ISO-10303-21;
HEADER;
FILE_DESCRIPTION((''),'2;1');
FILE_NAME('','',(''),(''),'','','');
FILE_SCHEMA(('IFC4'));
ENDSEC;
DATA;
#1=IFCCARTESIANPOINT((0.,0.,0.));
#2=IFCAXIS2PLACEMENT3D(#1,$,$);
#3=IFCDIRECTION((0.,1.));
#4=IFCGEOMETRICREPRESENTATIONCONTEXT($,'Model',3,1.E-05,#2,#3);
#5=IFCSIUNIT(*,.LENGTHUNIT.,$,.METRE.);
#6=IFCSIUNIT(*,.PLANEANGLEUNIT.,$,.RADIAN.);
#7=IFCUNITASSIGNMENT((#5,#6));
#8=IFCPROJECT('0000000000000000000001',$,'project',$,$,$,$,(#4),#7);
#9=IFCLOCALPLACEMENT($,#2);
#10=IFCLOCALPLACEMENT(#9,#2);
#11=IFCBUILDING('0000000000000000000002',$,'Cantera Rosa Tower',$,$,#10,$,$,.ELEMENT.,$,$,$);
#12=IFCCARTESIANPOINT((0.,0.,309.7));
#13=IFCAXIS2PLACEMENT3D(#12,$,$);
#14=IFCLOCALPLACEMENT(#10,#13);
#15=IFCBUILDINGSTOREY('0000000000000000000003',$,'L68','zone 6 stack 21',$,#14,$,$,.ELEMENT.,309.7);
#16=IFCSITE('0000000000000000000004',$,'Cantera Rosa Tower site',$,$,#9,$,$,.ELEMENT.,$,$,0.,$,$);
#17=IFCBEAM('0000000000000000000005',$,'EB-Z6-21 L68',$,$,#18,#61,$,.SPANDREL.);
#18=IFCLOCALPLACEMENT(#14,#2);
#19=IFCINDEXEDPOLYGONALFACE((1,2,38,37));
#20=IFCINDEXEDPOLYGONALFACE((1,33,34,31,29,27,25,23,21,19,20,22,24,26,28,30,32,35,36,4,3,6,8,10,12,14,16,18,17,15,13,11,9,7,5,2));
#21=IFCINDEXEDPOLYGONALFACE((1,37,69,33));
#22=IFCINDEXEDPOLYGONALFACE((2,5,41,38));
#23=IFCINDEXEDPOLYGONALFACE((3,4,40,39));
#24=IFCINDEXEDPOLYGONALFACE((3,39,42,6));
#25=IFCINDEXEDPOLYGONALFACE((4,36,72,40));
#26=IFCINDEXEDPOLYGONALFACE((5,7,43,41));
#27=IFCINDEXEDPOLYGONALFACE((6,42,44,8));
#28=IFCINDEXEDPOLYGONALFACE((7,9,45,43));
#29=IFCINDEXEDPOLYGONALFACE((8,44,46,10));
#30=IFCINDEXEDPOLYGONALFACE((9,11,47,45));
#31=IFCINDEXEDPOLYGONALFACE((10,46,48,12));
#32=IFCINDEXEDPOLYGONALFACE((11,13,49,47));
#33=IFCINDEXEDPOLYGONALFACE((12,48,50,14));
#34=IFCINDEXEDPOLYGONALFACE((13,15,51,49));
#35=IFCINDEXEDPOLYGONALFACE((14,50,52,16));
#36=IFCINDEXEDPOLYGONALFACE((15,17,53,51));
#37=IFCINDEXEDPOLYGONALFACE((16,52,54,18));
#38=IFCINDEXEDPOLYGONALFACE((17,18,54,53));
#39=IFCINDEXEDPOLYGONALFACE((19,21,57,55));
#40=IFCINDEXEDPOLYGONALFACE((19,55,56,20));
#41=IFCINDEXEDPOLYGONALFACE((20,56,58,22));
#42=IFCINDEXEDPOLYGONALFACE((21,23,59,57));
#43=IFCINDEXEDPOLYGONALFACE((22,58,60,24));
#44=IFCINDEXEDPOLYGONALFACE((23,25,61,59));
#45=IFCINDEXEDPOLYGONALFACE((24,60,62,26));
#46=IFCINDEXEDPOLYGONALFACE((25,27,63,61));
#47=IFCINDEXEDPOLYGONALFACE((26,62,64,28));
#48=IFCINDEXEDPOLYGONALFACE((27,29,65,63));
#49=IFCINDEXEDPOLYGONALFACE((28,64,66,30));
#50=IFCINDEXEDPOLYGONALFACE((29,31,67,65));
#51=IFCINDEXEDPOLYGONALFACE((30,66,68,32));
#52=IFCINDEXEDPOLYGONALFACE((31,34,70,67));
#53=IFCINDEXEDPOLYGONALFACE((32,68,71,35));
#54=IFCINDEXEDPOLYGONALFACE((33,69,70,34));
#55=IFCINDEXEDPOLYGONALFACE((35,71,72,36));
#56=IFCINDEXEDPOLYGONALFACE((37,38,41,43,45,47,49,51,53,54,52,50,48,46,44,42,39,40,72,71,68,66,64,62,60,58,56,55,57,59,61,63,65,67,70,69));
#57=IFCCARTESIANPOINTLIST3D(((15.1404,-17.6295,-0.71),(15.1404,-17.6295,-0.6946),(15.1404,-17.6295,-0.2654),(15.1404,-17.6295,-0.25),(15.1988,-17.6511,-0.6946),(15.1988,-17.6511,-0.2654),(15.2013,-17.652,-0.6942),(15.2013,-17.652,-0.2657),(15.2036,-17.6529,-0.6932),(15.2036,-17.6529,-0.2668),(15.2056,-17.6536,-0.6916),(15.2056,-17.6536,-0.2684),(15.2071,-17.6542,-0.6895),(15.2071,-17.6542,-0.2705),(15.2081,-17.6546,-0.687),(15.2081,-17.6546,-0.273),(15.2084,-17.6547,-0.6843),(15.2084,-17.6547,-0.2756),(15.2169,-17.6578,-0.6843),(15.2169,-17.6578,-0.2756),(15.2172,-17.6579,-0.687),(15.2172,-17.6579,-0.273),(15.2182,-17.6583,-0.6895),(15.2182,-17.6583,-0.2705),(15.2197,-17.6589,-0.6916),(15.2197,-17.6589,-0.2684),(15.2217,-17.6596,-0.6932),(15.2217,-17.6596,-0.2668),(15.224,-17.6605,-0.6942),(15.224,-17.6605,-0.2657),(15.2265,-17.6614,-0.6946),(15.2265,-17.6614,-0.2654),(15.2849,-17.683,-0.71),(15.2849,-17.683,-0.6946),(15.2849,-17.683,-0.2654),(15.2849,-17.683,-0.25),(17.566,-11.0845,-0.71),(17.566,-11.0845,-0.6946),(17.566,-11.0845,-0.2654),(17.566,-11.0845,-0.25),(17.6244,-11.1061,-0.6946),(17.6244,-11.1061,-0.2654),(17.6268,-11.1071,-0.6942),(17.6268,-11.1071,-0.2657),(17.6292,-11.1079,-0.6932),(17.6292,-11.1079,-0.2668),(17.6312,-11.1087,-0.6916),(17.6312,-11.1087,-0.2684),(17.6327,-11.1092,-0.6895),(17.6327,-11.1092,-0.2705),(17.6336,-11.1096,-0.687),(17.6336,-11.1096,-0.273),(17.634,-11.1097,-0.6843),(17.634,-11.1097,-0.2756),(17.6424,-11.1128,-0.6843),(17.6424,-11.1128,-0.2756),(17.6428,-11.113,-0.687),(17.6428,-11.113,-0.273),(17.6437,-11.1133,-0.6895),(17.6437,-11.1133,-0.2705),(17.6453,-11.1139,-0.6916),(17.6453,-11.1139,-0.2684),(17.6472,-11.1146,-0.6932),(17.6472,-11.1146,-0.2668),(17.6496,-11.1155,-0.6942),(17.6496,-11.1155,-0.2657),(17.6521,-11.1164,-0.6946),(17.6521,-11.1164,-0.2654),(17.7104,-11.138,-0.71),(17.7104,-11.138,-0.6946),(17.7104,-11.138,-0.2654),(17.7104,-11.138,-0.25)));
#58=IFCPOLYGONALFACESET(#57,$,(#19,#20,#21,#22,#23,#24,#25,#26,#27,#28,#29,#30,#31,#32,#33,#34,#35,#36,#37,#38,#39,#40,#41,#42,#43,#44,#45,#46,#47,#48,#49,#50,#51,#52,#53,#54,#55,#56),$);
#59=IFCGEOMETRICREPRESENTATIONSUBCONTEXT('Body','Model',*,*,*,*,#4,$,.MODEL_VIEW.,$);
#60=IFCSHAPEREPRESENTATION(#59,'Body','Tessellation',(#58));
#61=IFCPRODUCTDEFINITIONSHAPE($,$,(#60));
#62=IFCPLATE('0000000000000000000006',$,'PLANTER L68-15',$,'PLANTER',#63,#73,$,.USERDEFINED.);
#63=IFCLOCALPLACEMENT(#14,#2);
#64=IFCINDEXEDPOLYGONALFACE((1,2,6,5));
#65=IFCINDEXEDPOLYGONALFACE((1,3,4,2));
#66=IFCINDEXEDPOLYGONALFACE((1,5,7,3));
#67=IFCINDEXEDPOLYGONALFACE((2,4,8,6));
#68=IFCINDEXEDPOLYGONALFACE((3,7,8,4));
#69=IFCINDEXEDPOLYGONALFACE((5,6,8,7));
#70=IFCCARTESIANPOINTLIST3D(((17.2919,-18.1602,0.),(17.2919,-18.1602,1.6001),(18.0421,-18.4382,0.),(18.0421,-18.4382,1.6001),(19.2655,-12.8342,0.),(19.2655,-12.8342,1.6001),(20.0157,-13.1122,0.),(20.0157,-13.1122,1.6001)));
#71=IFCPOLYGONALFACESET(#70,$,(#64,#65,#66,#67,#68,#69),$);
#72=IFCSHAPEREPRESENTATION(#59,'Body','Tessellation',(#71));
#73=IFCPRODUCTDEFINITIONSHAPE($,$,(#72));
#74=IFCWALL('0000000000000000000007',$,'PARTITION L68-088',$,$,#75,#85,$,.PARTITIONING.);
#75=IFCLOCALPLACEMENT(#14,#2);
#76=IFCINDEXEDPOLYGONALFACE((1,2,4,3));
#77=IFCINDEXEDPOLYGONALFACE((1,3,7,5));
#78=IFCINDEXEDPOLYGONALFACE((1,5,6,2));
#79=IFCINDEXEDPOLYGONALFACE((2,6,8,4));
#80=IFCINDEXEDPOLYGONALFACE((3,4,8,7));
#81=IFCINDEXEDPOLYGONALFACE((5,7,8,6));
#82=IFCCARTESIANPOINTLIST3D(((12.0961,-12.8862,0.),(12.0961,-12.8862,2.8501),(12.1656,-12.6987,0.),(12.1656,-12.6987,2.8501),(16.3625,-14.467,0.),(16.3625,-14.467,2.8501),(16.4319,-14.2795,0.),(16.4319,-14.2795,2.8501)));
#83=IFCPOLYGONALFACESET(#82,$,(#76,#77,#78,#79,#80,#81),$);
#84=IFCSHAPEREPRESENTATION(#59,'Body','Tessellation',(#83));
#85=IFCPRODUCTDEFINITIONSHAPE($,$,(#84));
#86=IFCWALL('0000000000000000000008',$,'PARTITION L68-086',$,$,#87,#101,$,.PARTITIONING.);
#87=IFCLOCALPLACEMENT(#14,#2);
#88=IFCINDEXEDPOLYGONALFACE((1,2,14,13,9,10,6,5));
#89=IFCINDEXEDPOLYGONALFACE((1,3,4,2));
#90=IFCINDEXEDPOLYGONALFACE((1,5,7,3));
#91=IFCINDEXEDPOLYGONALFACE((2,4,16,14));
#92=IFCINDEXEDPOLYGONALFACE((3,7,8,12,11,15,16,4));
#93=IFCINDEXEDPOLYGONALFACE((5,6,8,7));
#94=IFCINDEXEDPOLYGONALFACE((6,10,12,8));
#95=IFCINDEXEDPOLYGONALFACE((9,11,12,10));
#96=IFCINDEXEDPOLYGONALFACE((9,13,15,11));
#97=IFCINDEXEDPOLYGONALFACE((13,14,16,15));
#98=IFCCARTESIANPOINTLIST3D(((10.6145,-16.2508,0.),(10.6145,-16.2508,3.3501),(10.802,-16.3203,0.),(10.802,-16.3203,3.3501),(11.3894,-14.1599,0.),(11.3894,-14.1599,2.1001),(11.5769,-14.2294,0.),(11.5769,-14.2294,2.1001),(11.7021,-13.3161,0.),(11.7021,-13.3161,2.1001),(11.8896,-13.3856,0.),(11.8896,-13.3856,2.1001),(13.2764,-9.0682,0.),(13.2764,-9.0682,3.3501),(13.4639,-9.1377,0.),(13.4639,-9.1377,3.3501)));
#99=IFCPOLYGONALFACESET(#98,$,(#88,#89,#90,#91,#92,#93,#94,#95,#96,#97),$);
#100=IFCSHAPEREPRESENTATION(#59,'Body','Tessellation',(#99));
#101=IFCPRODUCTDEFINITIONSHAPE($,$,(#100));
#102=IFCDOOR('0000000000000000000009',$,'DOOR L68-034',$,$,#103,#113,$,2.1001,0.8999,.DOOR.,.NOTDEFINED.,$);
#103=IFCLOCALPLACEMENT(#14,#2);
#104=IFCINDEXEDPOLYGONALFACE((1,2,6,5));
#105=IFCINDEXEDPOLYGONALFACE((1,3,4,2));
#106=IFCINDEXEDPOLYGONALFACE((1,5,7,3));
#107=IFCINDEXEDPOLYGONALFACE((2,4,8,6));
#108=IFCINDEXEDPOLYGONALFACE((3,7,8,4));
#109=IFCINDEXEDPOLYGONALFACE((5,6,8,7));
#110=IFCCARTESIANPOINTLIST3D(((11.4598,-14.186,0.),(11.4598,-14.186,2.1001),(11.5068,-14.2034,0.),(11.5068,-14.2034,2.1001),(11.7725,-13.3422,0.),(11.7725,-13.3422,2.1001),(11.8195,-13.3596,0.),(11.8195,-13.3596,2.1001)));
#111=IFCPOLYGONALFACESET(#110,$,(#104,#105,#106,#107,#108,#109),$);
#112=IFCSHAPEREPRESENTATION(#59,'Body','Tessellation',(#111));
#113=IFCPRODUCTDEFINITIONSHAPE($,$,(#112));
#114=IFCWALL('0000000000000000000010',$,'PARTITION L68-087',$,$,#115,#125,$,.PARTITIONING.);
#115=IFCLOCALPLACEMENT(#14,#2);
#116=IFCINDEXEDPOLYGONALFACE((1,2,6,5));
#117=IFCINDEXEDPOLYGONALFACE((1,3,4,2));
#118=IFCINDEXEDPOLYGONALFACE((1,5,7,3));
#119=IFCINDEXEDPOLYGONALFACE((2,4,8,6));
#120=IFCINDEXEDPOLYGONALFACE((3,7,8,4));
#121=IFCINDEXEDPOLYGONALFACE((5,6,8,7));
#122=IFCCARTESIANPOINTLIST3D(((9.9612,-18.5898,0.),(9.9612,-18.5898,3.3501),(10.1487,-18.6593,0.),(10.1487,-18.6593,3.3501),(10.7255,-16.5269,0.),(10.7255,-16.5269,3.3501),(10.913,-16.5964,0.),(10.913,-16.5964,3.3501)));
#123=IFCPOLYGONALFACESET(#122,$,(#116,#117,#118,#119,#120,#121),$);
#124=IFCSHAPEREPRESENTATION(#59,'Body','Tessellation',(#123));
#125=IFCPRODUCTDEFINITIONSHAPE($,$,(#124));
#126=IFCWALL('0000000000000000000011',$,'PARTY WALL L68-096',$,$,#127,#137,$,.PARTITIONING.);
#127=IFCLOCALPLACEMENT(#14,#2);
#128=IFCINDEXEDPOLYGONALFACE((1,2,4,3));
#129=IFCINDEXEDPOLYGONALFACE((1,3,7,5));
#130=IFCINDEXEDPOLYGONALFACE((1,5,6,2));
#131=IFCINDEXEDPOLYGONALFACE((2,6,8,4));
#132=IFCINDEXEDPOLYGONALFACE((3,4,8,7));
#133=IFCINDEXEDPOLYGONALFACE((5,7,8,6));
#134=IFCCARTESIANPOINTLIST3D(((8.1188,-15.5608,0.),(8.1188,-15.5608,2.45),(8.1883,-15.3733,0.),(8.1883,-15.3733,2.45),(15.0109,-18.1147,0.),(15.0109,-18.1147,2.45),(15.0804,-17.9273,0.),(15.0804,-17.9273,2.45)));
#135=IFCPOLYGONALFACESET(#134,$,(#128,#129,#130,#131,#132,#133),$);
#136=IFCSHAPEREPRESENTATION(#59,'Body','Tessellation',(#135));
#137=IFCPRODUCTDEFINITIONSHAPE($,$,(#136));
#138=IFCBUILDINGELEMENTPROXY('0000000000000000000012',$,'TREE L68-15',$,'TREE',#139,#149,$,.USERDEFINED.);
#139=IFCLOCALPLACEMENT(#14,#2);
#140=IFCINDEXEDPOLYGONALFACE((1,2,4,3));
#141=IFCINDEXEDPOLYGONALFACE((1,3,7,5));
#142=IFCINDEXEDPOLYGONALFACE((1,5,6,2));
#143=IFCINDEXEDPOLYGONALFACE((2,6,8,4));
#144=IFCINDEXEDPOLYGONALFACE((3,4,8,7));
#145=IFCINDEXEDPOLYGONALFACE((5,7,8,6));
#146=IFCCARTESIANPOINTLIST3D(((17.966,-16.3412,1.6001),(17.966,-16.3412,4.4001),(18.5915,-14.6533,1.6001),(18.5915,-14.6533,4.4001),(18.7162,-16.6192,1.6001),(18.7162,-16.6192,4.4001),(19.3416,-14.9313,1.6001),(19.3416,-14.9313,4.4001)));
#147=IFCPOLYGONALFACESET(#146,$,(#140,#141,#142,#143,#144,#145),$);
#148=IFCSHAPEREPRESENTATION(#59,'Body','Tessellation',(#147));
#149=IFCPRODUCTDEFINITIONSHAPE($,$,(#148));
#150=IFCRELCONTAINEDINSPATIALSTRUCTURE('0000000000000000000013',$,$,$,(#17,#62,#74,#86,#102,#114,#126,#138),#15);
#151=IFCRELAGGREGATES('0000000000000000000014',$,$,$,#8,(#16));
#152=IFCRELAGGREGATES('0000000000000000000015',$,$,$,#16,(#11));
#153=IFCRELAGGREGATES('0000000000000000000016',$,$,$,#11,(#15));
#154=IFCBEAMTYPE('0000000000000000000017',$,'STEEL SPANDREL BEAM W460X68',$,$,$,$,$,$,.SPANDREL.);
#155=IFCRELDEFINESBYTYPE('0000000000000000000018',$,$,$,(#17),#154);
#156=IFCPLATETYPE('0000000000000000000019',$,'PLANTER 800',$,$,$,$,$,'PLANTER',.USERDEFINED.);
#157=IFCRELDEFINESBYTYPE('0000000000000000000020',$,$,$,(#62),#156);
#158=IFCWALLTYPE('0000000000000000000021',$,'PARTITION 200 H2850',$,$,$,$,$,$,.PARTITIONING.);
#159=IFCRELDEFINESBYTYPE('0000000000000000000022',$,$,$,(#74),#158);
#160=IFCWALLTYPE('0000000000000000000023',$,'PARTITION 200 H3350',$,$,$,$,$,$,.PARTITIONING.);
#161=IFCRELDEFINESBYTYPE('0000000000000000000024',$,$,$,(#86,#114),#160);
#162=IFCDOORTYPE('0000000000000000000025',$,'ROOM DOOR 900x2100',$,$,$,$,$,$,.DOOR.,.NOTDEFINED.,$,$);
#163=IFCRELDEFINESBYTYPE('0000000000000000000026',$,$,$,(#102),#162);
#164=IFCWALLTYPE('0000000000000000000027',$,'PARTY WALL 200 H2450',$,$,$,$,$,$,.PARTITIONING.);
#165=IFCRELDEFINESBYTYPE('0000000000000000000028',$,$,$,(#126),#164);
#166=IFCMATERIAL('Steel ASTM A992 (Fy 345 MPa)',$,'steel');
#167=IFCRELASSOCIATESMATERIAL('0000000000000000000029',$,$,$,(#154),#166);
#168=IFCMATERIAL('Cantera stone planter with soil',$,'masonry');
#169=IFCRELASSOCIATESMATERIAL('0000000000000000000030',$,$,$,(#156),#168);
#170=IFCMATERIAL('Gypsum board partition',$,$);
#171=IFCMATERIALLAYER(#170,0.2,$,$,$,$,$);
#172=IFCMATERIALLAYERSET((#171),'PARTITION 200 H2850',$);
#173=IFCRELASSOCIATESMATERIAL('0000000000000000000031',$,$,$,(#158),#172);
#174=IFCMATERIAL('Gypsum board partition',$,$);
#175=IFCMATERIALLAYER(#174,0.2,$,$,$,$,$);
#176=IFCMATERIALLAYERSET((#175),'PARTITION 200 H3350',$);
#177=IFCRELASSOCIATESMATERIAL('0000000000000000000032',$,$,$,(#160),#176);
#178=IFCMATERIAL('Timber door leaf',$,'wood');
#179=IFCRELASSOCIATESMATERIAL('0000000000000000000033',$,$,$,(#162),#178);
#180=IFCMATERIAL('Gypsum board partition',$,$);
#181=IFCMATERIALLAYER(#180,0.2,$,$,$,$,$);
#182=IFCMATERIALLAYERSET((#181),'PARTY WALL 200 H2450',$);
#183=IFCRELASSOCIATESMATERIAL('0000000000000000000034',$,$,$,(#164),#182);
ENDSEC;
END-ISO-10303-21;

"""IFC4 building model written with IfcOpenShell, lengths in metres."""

from ifc_helpers import new_model, si_unit, direction, frame, frame_2d, origin, origin_2d, place, context, subcontext, project, spatial, rectangle, i_section, extrude, material, layer, layer_set, material_profile, profile_set, type_object, element, fill, save


model = new_model("IFC4")

# Units and contexts
model_context = context("Model", 3, precision=1e-05, world=origin(), true_north=direction((0.0, 1.0)))
body_context = subcontext(model_context, "Body", "Model", "MODEL_VIEW")
ifc_project = project(units=[si_unit("LENGTHUNIT", "METRE"), si_unit("PLANEANGLEUNIT", "RADIAN")], contexts=[model_context])

# Site, building, storey
site_placement = place(None, origin())
site = spatial("IfcSite", under=ifc_project, at=site_placement, Name="Cantera Rosa Tower site", CompositionType="ELEMENT", RefElevation=0.0)
building_placement = place(site_placement, origin())
building = spatial("IfcBuilding", under=site, at=building_placement, Name="Cantera Rosa Tower", CompositionType="ELEMENT")
storey_placement = place(building_placement, frame((0.0, 0.0, 309.7)))
storey = spatial("IfcBuildingStorey", under=building, at=storey_placement, Name="L68", Description="zone 6 stack 21", CompositionType="ELEMENT", Elevation=309.7)

# Beam
ifc_material_1 = material(Name="Steel ASTM A992 (Fy 345 MPa)", Category="steel")
ifc_material_profile_1 = material_profile(ifc_material_1, i_section(OverallWidth=0.1541, OverallDepth=0.46, WebThickness=0.009, FlangeThickness=0.0154, FilletRadius=0.0103, at=origin_2d()), Name="W460X68")
ifc_profile_set_1 = profile_set([ifc_material_profile_1], Name="Steel ASTM A992 (Fy 345 MPa)")
beam_type_1 = type_object("IfcBeamType", Name="STEEL SPANDREL BEAM W460X68", PredefinedType="SPANDREL", material=ifc_profile_set_1)
beam_1_placement = place(storey_placement, frame((15.2126, -17.6562, -0.48), z_axis=(0.347502, 0.937679, 0.0), x_axis=(-0.937679, 0.347502, 0.0)))
element("IfcBeam", 1, at=beam_1_placement, inside=storey, type_object=beam_type_1, Name="EB-Z6-21 L68", PredefinedType="SPANDREL", context=body_context, shape_type="SweptSolid", body=[
    extrude(i_section(OverallWidth=0.1541, OverallDepth=0.46, WebThickness=0.009, FlangeThickness=0.0154, FilletRadius=0.0103, at=origin_2d()), origin(), (0.0, 0.0, 1.0), 6.98),
])

# Plate
ifc_material_2 = material(Name="Cantera stone planter with soil", Category="masonry")
plate_type = type_object("IfcPlateType", Name="PLANTER 800", ElementType="PLANTER", PredefinedType="USERDEFINED", material=ifc_material_2)
plate_placement = place(storey_placement, frame((18.6538, -15.6362, 0.0), z_axis=(0.0, 0.0, 1.0), x_axis=(0.347481, 0.937687, 0.0)))
element("IfcPlate", 2, at=plate_placement, inside=storey, type_object=plate_type, Name="PLANTER L68-15", ObjectType="PLANTER", PredefinedType="USERDEFINED", context=body_context, shape_type="SweptSolid", body=[
    extrude(rectangle(XDim=5.6799, YDim=0.8, at=origin_2d()), origin(), (0.0, 0.0, 1.0), 1.6001),
])

# Wall
ifc_material_3 = material(Name="Gypsum board partition")
ifc_layer_1 = layer(ifc_material_3, 0.2)
ifc_layer_set_1 = layer_set([ifc_layer_1], Name="PARTITION 200 H2850")
wall_type_1 = type_object("IfcWallType", Name="PARTITION 200 H2850", PredefinedType="PARTITIONING", material=ifc_layer_set_1)
wall_1_placement = place(storey_placement, frame((12.1309, -12.7925, 0.0), z_axis=(0.0, 0.0, 1.0), x_axis=(0.9377, -0.347445, 0.0)))
element("IfcWall", 3, at=wall_1_placement, inside=storey, type_object=wall_type_1, Name="PARTITION L68-088", PredefinedType="PARTITIONING", context=body_context, shape_type="SweptSolid", body=[
    extrude(rectangle(XDim=4.5498, YDim=0.2, at=frame_2d((2.2749, 0.0))), origin(), (0.0, 0.0, 1.0), 2.8501),
])

# Wall, opening, door
ifc_material_4 = material(Name="Gypsum board partition")
ifc_layer_2 = layer(ifc_material_4, 0.2)
ifc_layer_set_2 = layer_set([ifc_layer_2], Name="PARTITION 200 H3350")
wall_type_2 = type_object("IfcWallType", Name="PARTITION 200 H3350", PredefinedType="PARTITIONING", material=ifc_layer_set_2)
wall_2_placement = place(storey_placement, frame((10.7083, -16.2856, 0.0), z_axis=(0.0, 0.0, 1.0), x_axis=(0.347502, 0.937679, 0.0)))
wall_2 = element("IfcWall", 4, at=wall_2_placement, inside=storey, type_object=wall_type_2, Name="PARTITION L68-086", PredefinedType="PARTITIONING", context=body_context, shape_type="SweptSolid", body=[
    extrude(rectangle(XDim=7.6599, YDim=0.2, at=frame_2d((3.8301, 0.0))), origin(), (0.0, 0.0, 1.0), 3.3501),
])
opening_1_placement = place(wall_2_placement, frame((2.23, 0.0, 0.0)))
opening_1 = element("IfcOpeningElement", 5, at=opening_1_placement, cuts=wall_2, PredefinedType="OPENING", context=body_context, shape_type="SweptSolid", body=[
    extrude(rectangle(XDim=0.8999, YDim=2.1001, at=frame_2d((0.45, 1.05))), frame((0.0, 0.1099, 0.0), z_axis=(0.0, -1.0, 0.0), x_axis=(1.0, 0.0, 0.0)), (0.0, 0.0, 1.0), 0.22),
])
ifc_material_5 = material(Name="Timber door leaf", Category="wood")
door_type_1 = type_object("IfcDoorType", Name="ROOM DOOR 900x2100", OperationType="NOTDEFINED", PredefinedType="DOOR", material=ifc_material_5)
door_1_placement = place(opening_1_placement, origin())
door_1 = element("IfcDoor", 6, at=door_1_placement, inside=storey, type_object=door_type_1, Name="DOOR L68-034", OperationType="NOTDEFINED", OverallHeight=2.1001, OverallWidth=0.8999, PredefinedType="DOOR", context=body_context, shape_type="SweptSolid", body=[
    extrude(rectangle(XDim=0.8999, YDim=2.1001, at=frame_2d((0.45, 1.05))), frame((0.0, 0.0249, 0.0), z_axis=(0.0, -1.0, 0.0), x_axis=(1.0, 0.0, 0.0)), (0.0, 0.0, 1.0), 0.05),
])
fill(opening_1, door_1)

# Walls
wall_3_placement = place(storey_placement, frame((10.8193, -16.5615, 0.0), z_axis=(0.0, 0.0, 1.0), x_axis=(-0.347448, -0.937699, 0.0)))
element("IfcWall", 7, at=wall_3_placement, inside=storey, type_object=wall_type_2, Name="PARTITION L68-087", PredefinedType="PARTITIONING", context=body_context, shape_type="SweptSolid", body=[
    extrude(rectangle(XDim=2.2, YDim=0.2, at=frame_2d((1.1001, 0.0))), origin(), (0.0, 0.0, 1.0), 3.3501),
])
ifc_material_6 = material(Name="Gypsum board partition")
ifc_layer_3 = layer(ifc_material_6, 0.2)
ifc_layer_set_3 = layer_set([ifc_layer_3], Name="PARTY WALL 200 H2450")
wall_type_3 = type_object("IfcWallType", Name="PARTY WALL 200 H2450", PredefinedType="PARTITIONING", material=ifc_layer_set_3)
wall_4_placement = place(storey_placement, frame((15.0457, -18.021, 0.0), z_axis=(0.0, 0.0, 1.0), x_axis=(-0.93769, 0.347473, 0.0)))
element("IfcWall", 8, at=wall_4_placement, inside=storey, type_object=wall_type_3, Name="PARTY WALL L68-096", PredefinedType="PARTITIONING", context=body_context, shape_type="SweptSolid", body=[
    extrude(rectangle(XDim=7.3501, YDim=0.2, at=frame_2d((3.675, 0.0))), origin(), (0.0, 0.0, 1.0), 2.45),
])

# Building element proxy
proxy_placement = place(storey_placement, frame((18.6538, -15.6362, 1.6001), z_axis=(0.0, 0.0, 1.0), x_axis=(0.347481, 0.937687, 0.0)))
element("IfcBuildingElementProxy", 9, at=proxy_placement, inside=storey, Name="TREE L68-15", ObjectType="TREE", PredefinedType="USERDEFINED", context=body_context, shape_type="SweptSolid", body=[
    extrude(rectangle(XDim=1.8, YDim=0.8, at=origin_2d()), origin(), (0.0, 0.0, 1.0), 2.8),
])

save(model, "model.ifc")
